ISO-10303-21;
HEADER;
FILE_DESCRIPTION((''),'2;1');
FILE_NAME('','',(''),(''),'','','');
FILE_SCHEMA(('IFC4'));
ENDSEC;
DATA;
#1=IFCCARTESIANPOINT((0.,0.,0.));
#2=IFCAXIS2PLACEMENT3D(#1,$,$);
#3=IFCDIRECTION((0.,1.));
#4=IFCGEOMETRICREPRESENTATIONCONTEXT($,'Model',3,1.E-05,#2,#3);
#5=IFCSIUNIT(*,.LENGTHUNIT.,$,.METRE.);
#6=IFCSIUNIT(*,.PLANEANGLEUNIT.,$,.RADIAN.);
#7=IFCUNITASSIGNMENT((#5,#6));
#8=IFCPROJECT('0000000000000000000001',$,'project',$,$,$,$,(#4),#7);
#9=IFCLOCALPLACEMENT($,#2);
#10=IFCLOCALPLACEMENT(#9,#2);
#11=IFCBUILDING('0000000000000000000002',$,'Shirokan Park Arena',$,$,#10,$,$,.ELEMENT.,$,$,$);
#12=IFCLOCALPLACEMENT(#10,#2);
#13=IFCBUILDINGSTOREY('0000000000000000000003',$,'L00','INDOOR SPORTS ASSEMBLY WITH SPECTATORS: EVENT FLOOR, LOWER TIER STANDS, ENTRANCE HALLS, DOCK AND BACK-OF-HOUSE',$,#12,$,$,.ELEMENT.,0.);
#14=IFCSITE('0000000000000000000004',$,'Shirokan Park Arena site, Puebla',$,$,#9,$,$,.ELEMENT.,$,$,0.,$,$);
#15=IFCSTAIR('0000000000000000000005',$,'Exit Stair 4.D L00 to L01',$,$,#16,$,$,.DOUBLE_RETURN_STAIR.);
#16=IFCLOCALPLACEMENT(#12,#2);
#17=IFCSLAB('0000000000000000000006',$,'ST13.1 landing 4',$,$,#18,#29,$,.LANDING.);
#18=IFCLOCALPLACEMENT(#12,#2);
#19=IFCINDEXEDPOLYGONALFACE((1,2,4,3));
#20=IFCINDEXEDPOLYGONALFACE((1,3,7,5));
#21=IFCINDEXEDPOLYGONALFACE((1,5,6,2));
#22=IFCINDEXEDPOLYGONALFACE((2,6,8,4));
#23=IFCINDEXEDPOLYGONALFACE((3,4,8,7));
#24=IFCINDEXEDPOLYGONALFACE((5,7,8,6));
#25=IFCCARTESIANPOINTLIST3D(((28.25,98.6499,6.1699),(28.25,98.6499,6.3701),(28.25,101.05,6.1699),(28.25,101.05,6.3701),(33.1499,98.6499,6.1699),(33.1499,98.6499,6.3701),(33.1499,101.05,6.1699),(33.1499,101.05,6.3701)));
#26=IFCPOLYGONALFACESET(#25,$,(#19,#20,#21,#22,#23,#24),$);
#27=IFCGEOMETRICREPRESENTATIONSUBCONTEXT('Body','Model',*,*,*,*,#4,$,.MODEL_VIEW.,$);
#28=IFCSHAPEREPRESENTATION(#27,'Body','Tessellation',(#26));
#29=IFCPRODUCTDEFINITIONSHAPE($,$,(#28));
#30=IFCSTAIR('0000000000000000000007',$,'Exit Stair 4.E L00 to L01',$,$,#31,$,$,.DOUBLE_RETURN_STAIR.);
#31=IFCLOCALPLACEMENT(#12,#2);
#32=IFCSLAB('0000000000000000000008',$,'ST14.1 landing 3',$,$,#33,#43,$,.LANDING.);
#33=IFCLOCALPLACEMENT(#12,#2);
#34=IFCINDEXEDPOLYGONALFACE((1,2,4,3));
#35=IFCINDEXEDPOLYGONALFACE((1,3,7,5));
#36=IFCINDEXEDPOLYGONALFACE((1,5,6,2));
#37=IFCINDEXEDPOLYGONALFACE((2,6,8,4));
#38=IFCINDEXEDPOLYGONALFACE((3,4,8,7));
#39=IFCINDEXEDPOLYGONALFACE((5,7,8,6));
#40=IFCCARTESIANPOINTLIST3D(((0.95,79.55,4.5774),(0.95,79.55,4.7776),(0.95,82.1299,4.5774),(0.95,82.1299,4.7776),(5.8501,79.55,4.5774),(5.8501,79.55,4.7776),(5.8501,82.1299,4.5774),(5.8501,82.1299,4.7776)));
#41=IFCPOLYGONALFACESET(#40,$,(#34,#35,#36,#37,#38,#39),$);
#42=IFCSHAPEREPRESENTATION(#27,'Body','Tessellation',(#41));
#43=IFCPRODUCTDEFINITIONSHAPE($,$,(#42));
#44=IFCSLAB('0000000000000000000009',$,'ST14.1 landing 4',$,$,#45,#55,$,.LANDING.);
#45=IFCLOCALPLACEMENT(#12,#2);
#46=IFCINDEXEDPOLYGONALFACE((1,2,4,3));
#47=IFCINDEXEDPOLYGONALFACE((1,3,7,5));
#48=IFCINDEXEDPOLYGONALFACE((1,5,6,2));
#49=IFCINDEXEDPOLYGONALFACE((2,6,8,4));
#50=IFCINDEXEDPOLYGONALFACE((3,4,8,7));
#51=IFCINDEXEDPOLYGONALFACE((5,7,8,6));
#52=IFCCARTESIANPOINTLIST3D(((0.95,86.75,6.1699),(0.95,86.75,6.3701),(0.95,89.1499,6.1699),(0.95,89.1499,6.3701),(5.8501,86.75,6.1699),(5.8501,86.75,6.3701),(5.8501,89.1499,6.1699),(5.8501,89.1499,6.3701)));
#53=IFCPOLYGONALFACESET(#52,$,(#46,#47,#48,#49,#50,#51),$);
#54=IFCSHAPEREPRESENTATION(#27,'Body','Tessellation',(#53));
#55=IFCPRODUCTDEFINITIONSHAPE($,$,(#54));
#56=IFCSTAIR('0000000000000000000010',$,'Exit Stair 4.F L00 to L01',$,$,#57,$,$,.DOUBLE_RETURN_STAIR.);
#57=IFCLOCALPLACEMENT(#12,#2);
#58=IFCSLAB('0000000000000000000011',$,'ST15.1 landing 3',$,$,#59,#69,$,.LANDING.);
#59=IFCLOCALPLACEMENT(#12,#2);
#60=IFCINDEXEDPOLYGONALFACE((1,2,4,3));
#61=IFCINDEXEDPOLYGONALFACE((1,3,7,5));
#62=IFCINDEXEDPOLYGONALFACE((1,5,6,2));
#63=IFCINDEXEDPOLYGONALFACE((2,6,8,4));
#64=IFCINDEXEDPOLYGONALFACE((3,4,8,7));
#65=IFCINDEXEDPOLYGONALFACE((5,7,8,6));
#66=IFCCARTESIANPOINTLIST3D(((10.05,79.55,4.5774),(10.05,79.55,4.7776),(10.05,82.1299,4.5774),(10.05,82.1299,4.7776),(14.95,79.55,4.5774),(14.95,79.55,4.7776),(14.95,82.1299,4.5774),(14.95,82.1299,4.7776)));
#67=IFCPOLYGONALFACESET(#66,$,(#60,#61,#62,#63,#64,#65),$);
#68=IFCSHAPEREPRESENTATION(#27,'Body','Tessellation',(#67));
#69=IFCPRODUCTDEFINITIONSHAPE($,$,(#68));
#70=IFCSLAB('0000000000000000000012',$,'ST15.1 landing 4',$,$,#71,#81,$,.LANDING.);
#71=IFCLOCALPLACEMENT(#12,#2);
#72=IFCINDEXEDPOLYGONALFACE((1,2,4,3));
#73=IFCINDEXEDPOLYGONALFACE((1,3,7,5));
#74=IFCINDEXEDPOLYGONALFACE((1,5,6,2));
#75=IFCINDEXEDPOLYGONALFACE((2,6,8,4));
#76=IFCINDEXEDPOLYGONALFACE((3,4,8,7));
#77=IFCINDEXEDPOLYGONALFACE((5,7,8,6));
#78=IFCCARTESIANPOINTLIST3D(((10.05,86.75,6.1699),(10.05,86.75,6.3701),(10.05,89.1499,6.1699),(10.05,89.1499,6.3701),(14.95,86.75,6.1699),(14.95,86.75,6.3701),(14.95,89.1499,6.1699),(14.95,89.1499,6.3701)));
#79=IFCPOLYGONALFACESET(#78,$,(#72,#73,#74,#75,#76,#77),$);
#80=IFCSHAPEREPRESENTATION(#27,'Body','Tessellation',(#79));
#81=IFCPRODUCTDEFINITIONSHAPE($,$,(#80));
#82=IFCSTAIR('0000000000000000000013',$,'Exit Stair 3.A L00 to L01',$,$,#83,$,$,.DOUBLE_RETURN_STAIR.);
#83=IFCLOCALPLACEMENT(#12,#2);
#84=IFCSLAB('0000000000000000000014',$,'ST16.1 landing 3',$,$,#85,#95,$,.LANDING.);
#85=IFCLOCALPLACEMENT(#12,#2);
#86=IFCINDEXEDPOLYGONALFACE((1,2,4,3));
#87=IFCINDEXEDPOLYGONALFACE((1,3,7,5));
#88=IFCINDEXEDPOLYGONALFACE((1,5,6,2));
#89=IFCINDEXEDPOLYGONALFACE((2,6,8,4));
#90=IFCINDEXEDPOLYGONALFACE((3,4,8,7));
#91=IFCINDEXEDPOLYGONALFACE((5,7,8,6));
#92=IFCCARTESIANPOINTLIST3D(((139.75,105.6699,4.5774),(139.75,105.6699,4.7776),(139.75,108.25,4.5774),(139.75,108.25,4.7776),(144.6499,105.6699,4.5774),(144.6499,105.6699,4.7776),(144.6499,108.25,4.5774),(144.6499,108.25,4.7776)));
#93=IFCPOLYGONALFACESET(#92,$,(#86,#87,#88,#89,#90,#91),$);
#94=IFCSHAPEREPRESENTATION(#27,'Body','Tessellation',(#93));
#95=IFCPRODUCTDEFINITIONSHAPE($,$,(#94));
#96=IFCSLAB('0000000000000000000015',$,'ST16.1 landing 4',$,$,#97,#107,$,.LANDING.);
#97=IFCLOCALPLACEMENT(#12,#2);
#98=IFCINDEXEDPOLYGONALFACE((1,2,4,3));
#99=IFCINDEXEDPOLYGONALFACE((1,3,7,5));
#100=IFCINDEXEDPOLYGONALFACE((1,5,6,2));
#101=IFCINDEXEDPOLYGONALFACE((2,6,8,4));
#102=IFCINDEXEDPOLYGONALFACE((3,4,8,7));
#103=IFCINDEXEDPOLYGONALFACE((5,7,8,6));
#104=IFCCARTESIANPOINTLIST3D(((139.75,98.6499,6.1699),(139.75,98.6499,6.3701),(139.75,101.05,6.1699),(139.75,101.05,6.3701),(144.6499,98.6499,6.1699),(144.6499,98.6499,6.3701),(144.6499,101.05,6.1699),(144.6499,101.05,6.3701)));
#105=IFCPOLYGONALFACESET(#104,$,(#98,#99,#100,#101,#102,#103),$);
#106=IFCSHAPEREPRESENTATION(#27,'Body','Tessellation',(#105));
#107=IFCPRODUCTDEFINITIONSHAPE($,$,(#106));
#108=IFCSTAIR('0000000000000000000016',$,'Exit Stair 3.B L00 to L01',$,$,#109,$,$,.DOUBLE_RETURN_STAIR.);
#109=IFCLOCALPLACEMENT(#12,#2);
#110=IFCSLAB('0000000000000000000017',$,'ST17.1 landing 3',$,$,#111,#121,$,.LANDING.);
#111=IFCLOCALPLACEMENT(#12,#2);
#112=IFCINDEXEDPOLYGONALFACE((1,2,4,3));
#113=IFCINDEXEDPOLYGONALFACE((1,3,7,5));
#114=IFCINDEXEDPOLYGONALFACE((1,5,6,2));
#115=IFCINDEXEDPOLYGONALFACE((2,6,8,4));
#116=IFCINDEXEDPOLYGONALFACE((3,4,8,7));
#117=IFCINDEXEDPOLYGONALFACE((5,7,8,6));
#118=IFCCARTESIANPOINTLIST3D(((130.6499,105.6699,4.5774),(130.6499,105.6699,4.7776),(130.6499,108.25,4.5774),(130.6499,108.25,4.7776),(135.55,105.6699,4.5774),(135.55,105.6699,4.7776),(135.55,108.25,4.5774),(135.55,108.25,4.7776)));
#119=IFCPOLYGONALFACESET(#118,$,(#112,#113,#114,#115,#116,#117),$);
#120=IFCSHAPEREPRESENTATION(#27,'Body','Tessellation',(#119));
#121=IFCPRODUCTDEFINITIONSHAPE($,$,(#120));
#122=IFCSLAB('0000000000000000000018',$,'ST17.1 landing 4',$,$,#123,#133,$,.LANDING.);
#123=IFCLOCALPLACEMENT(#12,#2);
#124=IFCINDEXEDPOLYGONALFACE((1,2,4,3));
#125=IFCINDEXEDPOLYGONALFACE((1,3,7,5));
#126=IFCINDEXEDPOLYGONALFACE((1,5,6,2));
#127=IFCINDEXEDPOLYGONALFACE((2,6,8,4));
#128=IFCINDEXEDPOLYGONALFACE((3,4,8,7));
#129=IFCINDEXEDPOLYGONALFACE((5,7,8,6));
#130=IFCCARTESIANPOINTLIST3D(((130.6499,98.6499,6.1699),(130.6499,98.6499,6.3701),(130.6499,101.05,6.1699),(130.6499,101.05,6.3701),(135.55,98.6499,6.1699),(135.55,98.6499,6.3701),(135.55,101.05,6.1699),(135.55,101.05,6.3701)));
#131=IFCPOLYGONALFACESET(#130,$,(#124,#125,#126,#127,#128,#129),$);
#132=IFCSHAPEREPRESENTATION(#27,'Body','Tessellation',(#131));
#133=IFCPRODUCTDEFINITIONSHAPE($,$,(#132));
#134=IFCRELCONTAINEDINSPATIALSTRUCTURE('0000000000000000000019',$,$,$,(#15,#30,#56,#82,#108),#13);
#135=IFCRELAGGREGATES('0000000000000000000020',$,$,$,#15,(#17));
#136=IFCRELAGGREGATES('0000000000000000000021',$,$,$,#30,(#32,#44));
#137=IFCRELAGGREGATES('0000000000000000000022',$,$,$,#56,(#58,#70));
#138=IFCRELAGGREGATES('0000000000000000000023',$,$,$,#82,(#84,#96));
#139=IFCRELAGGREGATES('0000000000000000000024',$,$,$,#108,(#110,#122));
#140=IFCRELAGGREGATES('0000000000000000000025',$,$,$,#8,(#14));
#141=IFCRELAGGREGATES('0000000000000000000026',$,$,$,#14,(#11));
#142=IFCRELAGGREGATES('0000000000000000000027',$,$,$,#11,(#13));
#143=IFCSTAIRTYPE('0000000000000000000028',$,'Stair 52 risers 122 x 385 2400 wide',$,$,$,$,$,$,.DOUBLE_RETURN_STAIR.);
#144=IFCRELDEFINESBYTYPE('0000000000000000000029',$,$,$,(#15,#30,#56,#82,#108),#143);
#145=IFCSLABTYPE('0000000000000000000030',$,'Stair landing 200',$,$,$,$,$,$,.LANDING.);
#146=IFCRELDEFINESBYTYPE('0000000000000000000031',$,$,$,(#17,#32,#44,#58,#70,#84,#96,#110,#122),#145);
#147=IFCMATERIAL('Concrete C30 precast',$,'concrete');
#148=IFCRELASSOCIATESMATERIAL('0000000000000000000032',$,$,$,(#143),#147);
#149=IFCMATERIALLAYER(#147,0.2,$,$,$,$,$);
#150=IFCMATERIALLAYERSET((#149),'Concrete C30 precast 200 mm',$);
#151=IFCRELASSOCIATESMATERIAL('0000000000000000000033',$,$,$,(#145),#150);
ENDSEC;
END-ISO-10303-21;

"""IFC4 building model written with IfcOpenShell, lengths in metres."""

from ifc_helpers import new_model, si_unit, direction, frame, origin, place, context, subcontext, project, spatial, polyline, outline, extrude, material, layer, layer_set, type_object, element, aggregate, save


model = new_model("IFC4")

# Units and contexts
model_context = context("Model", 3, precision=1e-05, world=origin(), true_north=direction((0.0, 1.0)))
body_context = subcontext(model_context, "Body", "Model", "MODEL_VIEW")
ifc_project = project(units=[si_unit("LENGTHUNIT", "METRE"), si_unit("PLANEANGLEUNIT", "RADIAN")], contexts=[model_context])

# Site, building, storey
site_placement = place(None, origin())
site = spatial("IfcSite", under=ifc_project, at=site_placement, Name="Shirokan Park Arena site, Puebla", CompositionType="ELEMENT", RefElevation=0.0)
building_placement = place(site_placement, origin())
building = spatial("IfcBuilding", under=site, at=building_placement, Name="Shirokan Park Arena", CompositionType="ELEMENT")
storey_placement = place(building_placement, origin())
storey = spatial("IfcBuildingStorey", under=building, at=storey_placement, Name="L00", Description="INDOOR SPORTS ASSEMBLY WITH SPECTATORS: EVENT FLOOR, LOWER TIER STANDS, ENTRANCE HALLS, DOCK AND BACK-OF-HOUSE", CompositionType="ELEMENT", Elevation=0.0)

# Stairs, slabs
ifc_material = material(Name="Concrete C30 precast", Category="concrete")
stair_type = type_object("IfcStairType", Name="Stair 52 risers 122 x 385 2400 wide", PredefinedType="DOUBLE_RETURN_STAIR", material=ifc_material)
ifc_layer = layer(ifc_material, 0.2)
ifc_layer_set = layer_set([ifc_layer], Name="Concrete C30 precast 200 mm")
slab_type = type_object("IfcSlabType", Name="Stair landing 200", PredefinedType="LANDING", material=ifc_layer_set)
stair_1_placement = place(storey_placement, origin())
stair_1 = element("IfcStair", 1, at=stair_1_placement, inside=storey, type_object=stair_type, Name="Exit Stair 4.D L00 to L01", PredefinedType="DOUBLE_RETURN_STAIR")
slab_1_placement = place(storey_placement, frame((0.0, 0.0, 6.1699)))
slab_1 = element("IfcSlab", 2, at=slab_1_placement, type_object=slab_type, Name="ST13.1 landing 4", PredefinedType="LANDING", context=body_context, shape_type="SweptSolid", body=[
    extrude(outline(polyline([(28.25, 98.6499), (33.1499, 98.6499), (33.1499, 101.05), (28.25, 101.05), (28.25, 98.6499)])), origin(), (0.0, 0.0, 1.0), 0.2002),
])
aggregate(stair_1, [slab_1])
stair_2_placement = place(storey_placement, origin())
stair_2 = element("IfcStair", 3, at=stair_2_placement, inside=storey, type_object=stair_type, Name="Exit Stair 4.E L00 to L01", PredefinedType="DOUBLE_RETURN_STAIR")
slab_2_placement = place(storey_placement, frame((0.0, 0.0, 4.5774)))
slab_2 = element("IfcSlab", 4, at=slab_2_placement, type_object=slab_type, Name="ST14.1 landing 3", PredefinedType="LANDING", context=body_context, shape_type="SweptSolid", body=[
    extrude(outline(polyline([(0.95, 79.55), (5.8501, 79.55), (5.8501, 82.1299), (0.95, 82.1299), (0.95, 79.55)])), origin(), (0.0, 0.0, 1.0), 0.2002),
])
slab_3_placement = place(storey_placement, frame((0.0, 0.0, 6.1699)))
slab_3 = element("IfcSlab", 5, at=slab_3_placement, type_object=slab_type, Name="ST14.1 landing 4", PredefinedType="LANDING", context=body_context, shape_type="SweptSolid", body=[
    extrude(outline(polyline([(0.95, 86.75), (5.8501, 86.75), (5.8501, 89.1499), (0.95, 89.1499), (0.95, 86.75)])), origin(), (0.0, 0.0, 1.0), 0.2002),
])
aggregate(stair_2, [slab_2, slab_3])
stair_3_placement = place(storey_placement, origin())
stair_3 = element("IfcStair", 6, at=stair_3_placement, inside=storey, type_object=stair_type, Name="Exit Stair 4.F L00 to L01", PredefinedType="DOUBLE_RETURN_STAIR")
slab_4_placement = place(storey_placement, frame((0.0, 0.0, 4.5774)))
slab_4 = element("IfcSlab", 7, at=slab_4_placement, type_object=slab_type, Name="ST15.1 landing 3", PredefinedType="LANDING", context=body_context, shape_type="SweptSolid", body=[
    extrude(outline(polyline([(10.05, 79.55), (14.95, 79.55), (14.95, 82.1299), (10.05, 82.1299), (10.05, 79.55)])), origin(), (0.0, 0.0, 1.0), 0.2002),
])
slab_5_placement = place(storey_placement, frame((0.0, 0.0, 6.1699)))
slab_5 = element("IfcSlab", 8, at=slab_5_placement, type_object=slab_type, Name="ST15.1 landing 4", PredefinedType="LANDING", context=body_context, shape_type="SweptSolid", body=[
    extrude(outline(polyline([(10.05, 86.75), (14.95, 86.75), (14.95, 89.1499), (10.05, 89.1499), (10.05, 86.75)])), origin(), (0.0, 0.0, 1.0), 0.2002),
])
aggregate(stair_3, [slab_4, slab_5])
stair_4_placement = place(storey_placement, origin())
stair_4 = element("IfcStair", 9, at=stair_4_placement, inside=storey, type_object=stair_type, Name="Exit Stair 3.A L00 to L01", PredefinedType="DOUBLE_RETURN_STAIR")
slab_6_placement = place(storey_placement, frame((0.0, 0.0, 4.5774)))
slab_6 = element("IfcSlab", 10, at=slab_6_placement, type_object=slab_type, Name="ST16.1 landing 3", PredefinedType="LANDING", context=body_context, shape_type="SweptSolid", body=[
    extrude(outline(polyline([(139.75, 105.6699), (144.6499, 105.6699), (144.6499, 108.25), (139.75, 108.25), (139.75, 105.6699)])), origin(), (0.0, 0.0, 1.0), 0.2002),
])
slab_7_placement = place(storey_placement, frame((0.0, 0.0, 6.1699)))
slab_7 = element("IfcSlab", 11, at=slab_7_placement, type_object=slab_type, Name="ST16.1 landing 4", PredefinedType="LANDING", context=body_context, shape_type="SweptSolid", body=[
    extrude(outline(polyline([(139.75, 98.6499), (144.6499, 98.6499), (144.6499, 101.05), (139.75, 101.05), (139.75, 98.6499)])), origin(), (0.0, 0.0, 1.0), 0.2002),
])
aggregate(stair_4, [slab_6, slab_7])
stair_5_placement = place(storey_placement, origin())
stair_5 = element("IfcStair", 12, at=stair_5_placement, inside=storey, type_object=stair_type, Name="Exit Stair 3.B L00 to L01", PredefinedType="DOUBLE_RETURN_STAIR")
slab_8_placement = place(storey_placement, frame((0.0, 0.0, 4.5774)))
slab_8 = element("IfcSlab", 13, at=slab_8_placement, type_object=slab_type, Name="ST17.1 landing 3", PredefinedType="LANDING", context=body_context, shape_type="SweptSolid", body=[
    extrude(outline(polyline([(130.6499, 105.6699), (135.55, 105.6699), (135.55, 108.25), (130.6499, 108.25), (130.6499, 105.6699)])), origin(), (0.0, 0.0, 1.0), 0.2002),
])
slab_9_placement = place(storey_placement, frame((0.0, 0.0, 6.1699)))
slab_9 = element("IfcSlab", 14, at=slab_9_placement, type_object=slab_type, Name="ST17.1 landing 4", PredefinedType="LANDING", context=body_context, shape_type="SweptSolid", body=[
    extrude(outline(polyline([(130.6499, 98.6499), (135.55, 98.6499), (135.55, 101.05), (130.6499, 101.05), (130.6499, 98.6499)])), origin(), (0.0, 0.0, 1.0), 0.2002),
])
aggregate(stair_5, [slab_8, slab_9])

save(model, "model.ifc")
